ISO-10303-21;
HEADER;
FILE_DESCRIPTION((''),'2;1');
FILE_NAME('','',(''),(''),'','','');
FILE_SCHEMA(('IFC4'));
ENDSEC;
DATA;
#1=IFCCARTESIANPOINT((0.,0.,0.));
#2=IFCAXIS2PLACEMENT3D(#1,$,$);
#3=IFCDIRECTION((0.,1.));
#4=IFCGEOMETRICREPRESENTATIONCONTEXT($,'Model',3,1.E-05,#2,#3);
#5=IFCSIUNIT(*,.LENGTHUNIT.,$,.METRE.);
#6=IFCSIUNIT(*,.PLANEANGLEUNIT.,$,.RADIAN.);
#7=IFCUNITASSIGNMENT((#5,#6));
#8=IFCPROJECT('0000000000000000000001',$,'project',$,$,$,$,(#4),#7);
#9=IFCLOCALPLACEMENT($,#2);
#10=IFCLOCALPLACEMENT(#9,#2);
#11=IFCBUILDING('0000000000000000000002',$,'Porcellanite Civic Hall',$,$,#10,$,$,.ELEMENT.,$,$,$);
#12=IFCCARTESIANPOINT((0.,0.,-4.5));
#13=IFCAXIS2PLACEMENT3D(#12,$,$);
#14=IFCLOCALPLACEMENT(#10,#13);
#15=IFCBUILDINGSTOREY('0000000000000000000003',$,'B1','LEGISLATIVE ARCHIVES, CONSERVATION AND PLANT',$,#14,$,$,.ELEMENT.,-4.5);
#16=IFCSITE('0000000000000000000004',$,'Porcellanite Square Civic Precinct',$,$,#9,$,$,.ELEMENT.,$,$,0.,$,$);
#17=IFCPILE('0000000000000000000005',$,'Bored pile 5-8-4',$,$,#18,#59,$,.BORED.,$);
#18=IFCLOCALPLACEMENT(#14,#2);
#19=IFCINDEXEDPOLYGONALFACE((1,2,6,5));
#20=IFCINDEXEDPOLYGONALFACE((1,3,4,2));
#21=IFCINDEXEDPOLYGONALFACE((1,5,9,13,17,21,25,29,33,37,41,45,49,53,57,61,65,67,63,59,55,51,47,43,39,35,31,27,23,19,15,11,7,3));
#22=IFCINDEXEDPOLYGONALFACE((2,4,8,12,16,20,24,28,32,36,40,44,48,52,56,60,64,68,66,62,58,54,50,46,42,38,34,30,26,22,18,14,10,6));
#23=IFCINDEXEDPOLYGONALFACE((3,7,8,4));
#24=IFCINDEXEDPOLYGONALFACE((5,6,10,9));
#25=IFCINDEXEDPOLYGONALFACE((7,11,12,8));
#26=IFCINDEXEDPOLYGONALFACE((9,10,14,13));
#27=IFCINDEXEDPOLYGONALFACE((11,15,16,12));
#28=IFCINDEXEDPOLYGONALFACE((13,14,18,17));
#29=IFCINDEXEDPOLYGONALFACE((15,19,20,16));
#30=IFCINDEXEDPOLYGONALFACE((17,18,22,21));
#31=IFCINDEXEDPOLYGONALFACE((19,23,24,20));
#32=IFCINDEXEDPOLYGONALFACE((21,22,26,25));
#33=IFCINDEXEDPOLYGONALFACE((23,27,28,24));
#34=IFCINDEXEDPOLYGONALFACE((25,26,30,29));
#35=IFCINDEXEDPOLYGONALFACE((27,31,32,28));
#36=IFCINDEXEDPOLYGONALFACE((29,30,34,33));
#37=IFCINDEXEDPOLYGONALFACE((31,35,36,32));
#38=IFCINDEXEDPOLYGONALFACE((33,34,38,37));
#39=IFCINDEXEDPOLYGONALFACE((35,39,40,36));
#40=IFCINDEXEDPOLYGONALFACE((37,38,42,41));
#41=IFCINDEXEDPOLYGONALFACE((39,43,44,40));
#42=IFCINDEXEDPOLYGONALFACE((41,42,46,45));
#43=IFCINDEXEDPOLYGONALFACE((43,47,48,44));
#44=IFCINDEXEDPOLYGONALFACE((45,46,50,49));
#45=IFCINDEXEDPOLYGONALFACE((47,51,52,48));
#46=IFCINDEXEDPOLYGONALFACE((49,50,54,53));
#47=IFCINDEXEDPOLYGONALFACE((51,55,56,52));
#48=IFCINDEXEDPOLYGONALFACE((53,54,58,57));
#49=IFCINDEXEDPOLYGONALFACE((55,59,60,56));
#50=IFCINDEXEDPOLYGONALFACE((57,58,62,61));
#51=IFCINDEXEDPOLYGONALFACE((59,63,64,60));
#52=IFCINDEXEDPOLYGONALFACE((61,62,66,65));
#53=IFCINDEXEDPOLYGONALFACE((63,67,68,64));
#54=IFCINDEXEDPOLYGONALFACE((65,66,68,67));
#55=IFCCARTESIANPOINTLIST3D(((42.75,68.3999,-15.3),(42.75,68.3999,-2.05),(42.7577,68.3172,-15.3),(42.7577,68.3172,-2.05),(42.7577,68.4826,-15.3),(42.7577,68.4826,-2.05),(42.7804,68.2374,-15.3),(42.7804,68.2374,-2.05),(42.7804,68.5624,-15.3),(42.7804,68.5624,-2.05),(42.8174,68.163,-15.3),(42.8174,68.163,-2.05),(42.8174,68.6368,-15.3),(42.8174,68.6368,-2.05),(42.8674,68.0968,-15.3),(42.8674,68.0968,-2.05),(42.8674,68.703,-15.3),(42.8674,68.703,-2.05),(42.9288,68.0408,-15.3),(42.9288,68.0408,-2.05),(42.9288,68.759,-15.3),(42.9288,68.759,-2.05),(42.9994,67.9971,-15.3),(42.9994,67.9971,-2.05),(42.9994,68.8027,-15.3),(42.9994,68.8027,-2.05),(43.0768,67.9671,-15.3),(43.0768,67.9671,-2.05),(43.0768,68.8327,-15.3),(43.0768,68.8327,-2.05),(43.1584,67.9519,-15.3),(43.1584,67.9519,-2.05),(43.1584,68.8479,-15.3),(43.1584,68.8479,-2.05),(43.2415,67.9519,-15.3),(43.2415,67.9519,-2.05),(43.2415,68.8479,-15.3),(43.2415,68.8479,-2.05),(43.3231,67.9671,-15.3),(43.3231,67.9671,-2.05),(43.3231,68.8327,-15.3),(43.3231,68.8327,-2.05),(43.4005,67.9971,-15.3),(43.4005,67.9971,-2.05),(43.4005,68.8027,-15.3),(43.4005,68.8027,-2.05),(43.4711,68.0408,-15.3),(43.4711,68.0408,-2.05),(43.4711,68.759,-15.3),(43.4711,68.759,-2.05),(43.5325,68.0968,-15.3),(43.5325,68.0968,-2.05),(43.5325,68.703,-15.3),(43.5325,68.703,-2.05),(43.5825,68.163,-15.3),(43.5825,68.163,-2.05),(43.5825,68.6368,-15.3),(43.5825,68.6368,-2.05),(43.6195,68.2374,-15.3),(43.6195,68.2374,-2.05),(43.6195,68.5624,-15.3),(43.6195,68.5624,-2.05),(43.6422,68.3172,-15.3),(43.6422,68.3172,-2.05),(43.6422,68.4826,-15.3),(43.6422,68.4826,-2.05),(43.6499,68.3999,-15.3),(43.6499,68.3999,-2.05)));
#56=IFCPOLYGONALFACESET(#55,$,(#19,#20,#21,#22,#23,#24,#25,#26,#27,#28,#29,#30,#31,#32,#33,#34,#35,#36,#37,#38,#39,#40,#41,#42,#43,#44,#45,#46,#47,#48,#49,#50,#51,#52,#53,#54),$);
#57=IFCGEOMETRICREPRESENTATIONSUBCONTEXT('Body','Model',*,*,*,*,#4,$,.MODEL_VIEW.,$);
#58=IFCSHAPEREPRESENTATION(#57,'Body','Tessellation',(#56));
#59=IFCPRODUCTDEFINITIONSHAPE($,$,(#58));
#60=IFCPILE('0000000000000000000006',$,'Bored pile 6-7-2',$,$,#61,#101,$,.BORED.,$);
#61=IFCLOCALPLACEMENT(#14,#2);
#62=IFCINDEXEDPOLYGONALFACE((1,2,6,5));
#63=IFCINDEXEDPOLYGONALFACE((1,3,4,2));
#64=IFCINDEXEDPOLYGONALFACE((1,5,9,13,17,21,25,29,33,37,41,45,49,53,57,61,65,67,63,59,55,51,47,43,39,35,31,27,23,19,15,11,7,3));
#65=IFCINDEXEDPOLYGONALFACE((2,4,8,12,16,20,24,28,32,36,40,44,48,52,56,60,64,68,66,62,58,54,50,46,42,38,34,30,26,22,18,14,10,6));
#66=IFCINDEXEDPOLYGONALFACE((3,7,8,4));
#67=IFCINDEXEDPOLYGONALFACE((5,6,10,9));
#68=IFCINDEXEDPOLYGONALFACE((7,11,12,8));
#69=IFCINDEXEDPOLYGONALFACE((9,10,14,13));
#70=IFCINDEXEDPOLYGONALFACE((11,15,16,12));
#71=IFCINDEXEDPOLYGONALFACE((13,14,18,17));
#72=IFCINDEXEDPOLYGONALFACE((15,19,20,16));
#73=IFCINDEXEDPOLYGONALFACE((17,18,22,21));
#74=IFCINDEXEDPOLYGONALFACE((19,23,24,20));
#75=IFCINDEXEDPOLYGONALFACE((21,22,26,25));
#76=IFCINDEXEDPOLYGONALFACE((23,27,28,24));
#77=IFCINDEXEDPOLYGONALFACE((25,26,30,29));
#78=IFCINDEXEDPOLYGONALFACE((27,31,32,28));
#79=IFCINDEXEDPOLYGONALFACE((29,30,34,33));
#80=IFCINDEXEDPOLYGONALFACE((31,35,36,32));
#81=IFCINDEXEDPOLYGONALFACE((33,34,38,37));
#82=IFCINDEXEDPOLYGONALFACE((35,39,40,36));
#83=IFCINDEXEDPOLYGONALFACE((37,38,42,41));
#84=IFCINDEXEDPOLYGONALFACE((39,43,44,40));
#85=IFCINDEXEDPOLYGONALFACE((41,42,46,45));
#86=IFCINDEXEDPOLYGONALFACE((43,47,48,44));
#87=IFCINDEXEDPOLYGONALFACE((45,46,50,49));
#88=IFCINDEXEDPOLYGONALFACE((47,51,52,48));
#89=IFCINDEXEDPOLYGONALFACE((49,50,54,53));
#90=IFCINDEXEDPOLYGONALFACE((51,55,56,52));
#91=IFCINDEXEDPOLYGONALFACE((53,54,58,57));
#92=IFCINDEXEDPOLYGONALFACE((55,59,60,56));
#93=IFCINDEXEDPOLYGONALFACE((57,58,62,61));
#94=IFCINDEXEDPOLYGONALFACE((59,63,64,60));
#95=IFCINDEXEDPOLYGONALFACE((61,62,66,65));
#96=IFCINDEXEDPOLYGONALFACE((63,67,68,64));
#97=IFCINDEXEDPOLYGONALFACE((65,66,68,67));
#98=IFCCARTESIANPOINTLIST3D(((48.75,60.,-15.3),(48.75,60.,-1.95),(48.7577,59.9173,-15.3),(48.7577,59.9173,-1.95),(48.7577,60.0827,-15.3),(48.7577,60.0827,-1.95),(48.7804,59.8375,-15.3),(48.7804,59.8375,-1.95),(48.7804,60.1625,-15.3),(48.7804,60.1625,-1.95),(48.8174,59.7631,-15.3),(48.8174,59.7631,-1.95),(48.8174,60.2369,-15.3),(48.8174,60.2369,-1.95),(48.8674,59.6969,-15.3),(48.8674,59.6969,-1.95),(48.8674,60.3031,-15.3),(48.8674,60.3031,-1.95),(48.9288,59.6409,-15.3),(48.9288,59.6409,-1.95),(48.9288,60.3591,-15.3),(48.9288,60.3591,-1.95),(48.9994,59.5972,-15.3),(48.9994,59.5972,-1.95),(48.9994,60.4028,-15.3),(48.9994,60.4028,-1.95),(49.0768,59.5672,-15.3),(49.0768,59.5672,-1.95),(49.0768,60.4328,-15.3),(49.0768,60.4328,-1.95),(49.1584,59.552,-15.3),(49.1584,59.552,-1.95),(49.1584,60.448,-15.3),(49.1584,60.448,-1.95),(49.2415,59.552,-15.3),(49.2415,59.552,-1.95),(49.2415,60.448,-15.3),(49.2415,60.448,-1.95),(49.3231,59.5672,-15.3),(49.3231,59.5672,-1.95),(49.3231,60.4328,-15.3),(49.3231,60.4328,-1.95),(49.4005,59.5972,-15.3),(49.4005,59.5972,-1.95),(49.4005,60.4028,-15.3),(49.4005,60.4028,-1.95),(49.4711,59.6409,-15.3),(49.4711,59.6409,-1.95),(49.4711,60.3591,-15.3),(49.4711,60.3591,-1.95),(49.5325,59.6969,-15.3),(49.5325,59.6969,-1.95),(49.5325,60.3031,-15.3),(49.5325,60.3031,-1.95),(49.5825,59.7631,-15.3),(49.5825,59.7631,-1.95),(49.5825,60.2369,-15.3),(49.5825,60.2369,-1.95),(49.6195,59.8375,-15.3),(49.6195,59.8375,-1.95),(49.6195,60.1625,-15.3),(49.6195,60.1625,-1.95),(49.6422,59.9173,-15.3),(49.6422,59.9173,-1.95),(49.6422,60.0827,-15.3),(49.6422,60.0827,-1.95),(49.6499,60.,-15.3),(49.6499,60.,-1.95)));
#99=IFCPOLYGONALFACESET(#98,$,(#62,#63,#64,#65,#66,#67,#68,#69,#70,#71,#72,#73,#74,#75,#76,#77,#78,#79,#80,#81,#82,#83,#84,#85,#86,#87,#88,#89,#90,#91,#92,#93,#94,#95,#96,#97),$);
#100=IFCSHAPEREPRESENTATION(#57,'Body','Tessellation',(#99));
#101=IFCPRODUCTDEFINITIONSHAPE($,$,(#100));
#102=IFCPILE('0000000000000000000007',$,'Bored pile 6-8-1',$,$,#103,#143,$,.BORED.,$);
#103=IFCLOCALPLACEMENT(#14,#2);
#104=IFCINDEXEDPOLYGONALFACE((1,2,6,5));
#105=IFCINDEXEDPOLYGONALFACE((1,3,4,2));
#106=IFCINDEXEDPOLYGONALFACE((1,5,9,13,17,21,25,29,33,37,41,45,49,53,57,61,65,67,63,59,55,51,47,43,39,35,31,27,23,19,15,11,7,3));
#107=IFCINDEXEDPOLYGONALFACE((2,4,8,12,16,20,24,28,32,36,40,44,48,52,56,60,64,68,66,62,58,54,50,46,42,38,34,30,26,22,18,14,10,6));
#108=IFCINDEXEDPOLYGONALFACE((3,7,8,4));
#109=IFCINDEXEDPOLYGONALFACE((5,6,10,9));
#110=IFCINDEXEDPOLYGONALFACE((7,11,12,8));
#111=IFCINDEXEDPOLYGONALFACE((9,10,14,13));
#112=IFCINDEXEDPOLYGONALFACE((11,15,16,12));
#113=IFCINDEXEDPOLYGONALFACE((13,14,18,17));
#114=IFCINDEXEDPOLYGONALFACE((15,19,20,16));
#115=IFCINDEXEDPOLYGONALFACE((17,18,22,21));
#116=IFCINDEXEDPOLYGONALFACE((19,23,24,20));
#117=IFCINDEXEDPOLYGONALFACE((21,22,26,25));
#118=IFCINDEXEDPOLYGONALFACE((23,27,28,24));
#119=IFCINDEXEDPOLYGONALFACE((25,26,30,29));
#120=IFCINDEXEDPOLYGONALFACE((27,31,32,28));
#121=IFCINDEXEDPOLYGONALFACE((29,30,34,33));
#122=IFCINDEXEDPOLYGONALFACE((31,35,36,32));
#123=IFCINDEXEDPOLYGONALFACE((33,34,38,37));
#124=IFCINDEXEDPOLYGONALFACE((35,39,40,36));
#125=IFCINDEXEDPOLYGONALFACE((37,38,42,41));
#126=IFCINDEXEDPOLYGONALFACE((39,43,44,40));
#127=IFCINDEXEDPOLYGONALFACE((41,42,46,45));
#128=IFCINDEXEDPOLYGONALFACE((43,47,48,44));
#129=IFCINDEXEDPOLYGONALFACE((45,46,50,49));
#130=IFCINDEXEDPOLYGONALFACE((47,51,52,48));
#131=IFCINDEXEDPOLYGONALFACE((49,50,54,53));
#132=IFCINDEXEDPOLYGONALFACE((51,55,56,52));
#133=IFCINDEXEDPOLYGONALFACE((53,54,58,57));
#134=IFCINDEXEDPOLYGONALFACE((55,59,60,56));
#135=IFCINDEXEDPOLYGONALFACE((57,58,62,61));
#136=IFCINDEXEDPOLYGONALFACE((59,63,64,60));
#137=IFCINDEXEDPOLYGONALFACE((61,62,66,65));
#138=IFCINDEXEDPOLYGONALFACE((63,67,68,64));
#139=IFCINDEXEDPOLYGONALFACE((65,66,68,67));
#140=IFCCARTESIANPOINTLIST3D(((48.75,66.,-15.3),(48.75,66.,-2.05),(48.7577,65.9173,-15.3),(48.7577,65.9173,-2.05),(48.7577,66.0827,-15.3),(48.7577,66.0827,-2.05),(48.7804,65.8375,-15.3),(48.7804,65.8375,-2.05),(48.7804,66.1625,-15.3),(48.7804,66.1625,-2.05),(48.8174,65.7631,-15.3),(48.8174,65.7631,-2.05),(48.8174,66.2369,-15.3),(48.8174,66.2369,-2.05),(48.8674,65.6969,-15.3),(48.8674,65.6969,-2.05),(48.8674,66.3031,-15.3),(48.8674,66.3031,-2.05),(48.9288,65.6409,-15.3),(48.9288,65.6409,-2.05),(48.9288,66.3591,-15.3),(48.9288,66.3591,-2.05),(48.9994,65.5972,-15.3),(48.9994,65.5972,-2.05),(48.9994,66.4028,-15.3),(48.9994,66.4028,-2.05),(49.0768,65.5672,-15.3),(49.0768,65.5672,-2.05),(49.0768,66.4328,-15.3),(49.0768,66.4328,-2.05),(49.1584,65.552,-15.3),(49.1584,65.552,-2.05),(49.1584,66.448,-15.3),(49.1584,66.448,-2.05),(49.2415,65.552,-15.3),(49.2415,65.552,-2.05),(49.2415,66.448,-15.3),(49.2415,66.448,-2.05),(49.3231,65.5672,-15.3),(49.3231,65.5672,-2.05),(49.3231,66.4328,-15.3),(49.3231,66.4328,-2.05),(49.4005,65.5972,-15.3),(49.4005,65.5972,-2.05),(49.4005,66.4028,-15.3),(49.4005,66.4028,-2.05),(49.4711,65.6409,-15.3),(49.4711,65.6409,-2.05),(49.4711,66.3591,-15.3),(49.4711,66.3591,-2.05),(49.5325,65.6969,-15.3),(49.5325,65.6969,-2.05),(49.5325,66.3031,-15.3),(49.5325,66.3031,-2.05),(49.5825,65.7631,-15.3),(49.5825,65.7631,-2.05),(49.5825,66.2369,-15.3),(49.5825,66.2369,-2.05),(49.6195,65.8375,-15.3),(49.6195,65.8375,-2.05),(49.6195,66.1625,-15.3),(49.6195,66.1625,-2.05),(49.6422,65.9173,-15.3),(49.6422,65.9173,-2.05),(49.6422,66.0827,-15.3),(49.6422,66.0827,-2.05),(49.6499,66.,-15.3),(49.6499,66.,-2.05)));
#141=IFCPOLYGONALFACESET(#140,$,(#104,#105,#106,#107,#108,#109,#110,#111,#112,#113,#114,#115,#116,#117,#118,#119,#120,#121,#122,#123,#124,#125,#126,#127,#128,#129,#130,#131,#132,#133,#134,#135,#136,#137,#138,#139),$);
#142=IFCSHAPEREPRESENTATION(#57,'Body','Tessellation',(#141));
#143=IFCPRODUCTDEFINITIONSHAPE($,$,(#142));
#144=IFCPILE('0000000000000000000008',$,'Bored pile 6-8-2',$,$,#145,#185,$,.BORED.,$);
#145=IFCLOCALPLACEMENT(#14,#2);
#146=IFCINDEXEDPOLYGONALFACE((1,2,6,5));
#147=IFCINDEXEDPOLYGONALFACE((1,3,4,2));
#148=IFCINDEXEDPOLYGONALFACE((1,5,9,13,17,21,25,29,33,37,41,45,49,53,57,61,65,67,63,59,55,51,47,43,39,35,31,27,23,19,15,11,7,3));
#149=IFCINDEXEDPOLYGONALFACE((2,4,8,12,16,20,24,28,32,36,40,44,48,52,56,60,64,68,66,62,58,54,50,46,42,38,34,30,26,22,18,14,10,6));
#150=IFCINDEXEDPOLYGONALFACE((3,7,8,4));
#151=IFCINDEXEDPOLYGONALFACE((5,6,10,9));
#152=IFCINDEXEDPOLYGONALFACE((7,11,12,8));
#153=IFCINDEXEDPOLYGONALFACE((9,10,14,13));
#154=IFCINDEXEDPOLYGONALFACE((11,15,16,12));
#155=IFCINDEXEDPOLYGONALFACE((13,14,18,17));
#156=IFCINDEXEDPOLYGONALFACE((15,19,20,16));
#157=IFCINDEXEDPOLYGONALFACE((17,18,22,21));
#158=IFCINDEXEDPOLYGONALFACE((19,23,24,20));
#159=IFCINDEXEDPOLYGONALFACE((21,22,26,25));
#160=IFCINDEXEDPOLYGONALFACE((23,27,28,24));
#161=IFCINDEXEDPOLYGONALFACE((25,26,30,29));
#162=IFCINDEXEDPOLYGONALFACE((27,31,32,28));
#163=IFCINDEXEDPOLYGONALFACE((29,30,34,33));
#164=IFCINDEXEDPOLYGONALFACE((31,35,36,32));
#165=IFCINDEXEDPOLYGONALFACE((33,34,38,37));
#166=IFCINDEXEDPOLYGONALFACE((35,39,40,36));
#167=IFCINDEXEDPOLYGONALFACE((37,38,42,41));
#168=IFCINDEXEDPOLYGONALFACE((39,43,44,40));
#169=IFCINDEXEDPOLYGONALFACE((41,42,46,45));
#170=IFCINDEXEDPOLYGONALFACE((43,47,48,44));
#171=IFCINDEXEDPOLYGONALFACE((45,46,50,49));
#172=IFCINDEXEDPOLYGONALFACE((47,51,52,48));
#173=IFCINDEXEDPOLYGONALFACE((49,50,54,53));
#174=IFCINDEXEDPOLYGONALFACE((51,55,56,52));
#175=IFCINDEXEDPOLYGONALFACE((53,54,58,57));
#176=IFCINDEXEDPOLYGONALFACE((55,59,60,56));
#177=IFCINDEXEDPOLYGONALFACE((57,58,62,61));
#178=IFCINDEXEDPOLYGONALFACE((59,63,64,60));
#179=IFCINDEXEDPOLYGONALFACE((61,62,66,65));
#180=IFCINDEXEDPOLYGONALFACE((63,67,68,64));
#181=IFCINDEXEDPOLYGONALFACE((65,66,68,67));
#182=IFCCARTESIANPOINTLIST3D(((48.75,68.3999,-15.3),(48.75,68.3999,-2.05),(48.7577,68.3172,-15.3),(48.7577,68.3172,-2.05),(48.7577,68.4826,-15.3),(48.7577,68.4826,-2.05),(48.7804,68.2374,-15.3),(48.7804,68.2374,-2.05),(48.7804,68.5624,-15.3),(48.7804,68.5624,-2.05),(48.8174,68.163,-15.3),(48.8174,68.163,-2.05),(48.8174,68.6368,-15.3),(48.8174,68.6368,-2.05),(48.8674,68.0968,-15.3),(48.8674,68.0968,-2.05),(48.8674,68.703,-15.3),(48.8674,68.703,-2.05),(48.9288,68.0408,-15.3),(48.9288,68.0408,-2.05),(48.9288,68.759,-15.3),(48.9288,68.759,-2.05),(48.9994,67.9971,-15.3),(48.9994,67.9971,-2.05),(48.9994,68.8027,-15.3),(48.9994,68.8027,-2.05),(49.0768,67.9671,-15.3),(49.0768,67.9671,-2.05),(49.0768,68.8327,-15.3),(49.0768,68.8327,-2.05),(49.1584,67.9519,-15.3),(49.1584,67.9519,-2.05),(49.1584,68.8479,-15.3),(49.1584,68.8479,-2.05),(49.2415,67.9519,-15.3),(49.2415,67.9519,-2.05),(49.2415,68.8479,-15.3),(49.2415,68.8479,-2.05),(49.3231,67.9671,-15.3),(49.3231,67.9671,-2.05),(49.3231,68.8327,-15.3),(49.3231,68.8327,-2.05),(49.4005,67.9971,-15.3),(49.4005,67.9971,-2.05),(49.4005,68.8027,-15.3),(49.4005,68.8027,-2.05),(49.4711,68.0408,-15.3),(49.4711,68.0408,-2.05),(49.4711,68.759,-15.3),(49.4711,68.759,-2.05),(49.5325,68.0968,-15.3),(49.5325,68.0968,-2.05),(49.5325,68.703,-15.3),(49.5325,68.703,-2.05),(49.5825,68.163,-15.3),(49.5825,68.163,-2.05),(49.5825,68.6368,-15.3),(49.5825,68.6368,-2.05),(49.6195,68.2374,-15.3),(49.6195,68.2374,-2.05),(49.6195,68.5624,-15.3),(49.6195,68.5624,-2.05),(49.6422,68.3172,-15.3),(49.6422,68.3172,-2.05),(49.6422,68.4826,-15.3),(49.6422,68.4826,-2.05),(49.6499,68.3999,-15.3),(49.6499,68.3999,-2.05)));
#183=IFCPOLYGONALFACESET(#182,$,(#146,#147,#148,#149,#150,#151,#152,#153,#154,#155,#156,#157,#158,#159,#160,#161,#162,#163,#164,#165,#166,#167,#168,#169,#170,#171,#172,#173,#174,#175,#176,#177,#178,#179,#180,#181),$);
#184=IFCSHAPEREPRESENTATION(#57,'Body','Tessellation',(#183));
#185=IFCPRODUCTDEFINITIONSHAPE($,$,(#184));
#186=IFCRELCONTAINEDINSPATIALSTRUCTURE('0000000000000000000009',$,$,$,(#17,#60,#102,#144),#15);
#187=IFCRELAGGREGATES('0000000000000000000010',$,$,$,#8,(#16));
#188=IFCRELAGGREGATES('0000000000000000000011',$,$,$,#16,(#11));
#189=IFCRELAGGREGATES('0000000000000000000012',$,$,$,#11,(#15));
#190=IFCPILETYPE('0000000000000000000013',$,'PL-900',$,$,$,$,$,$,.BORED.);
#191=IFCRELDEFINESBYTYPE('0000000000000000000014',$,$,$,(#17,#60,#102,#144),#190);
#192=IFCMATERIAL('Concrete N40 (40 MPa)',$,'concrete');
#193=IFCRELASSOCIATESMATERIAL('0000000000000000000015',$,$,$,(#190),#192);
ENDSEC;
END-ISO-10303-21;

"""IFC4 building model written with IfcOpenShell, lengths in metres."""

from ifc_helpers import new_model, si_unit, direction, frame, origin, origin_2d, place, context, subcontext, project, spatial, circle, extrude, material, material_profile, profile_set, type_object, element, save


model = new_model("IFC4")

# Units and contexts
model_context = context("Model", 3, precision=1e-05, world=origin(), true_north=direction((0.0, 1.0)))
body_context = subcontext(model_context, "Body", "Model", "MODEL_VIEW")
ifc_project = project(units=[si_unit("LENGTHUNIT", "METRE"), si_unit("PLANEANGLEUNIT", "RADIAN")], contexts=[model_context])

# Site, building, storey
site_placement = place(None, origin())
site = spatial("IfcSite", under=ifc_project, at=site_placement, Name="Porcellanite Square Civic Precinct", CompositionType="ELEMENT", RefElevation=0.0)
building_placement = place(site_placement, origin())
building = spatial("IfcBuilding", under=site, at=building_placement, Name="Porcellanite Civic Hall", CompositionType="ELEMENT")
storey_placement = place(building_placement, frame((0.0, 0.0, -4.5)))
storey = spatial("IfcBuildingStorey", under=building, at=storey_placement, Name="B1", Description="LEGISLATIVE ARCHIVES, CONSERVATION AND PLANT", CompositionType="ELEMENT", Elevation=-4.5)

# Piles
ifc_material_1 = material(Name="Concrete N40 (40 MPa)", Category="concrete")
ifc_material_profile_1 = material_profile(ifc_material_1, circle(Radius=0.45, at=origin_2d()), Name="PILE-D900")
ifc_profile_set_1 = profile_set([ifc_material_profile_1], Name="Concrete N40 (40 MPa)")
pile_type = type_object("IfcPileType", Name="PL-900", PredefinedType="BORED", material=ifc_profile_set_1)
for number, where, z_axis, x_axis, name in (
    (1, (43.2, 68.3999, -2.05), (0.0, 0.0, -1.0), (1.0, 0.0, 0.0), "Bored pile 5-8-4"),
):
    element("IfcPile", number, at=place(storey_placement, frame(where, z_axis=z_axis, x_axis=x_axis)), inside=storey, type_object=pile_type, Name=name, PredefinedType="BORED", context=body_context, shape_type="SweptSolid", body=[
        extrude(circle(Radius=0.45, at=origin_2d()), origin(), (0.0, 0.0, 1.0), 13.25),
    ])
pile_1_placement = place(storey_placement, frame((49.2, 60.0, -1.95), z_axis=(0.0, 0.0, -1.0), x_axis=(1.0, 0.0, 0.0)))
element("IfcPile", 2, at=pile_1_placement, inside=storey, type_object=pile_type, Name="Bored pile 6-7-2", PredefinedType="BORED", context=body_context, shape_type="SweptSolid", body=[
    extrude(circle(Radius=0.45, at=origin_2d()), origin(), (0.0, 0.0, 1.0), 13.3501),
])
for number, where, z_axis, x_axis, name in (
    (3, (49.2, 66.0, -2.05), (0.0, 0.0, -1.0), (1.0, 0.0, 0.0), "Bored pile 6-8-1"),
    (4, (49.2, 68.3999, -2.05), (0.0, 0.0, -1.0), (1.0, 0.0, 0.0), "Bored pile 6-8-2"),
):
    element("IfcPile", number, at=place(storey_placement, frame(where, z_axis=z_axis, x_axis=x_axis)), inside=storey, type_object=pile_type, Name=name, PredefinedType="BORED", context=body_context, shape_type="SweptSolid", body=[
        extrude(circle(Radius=0.45, at=origin_2d()), origin(), (0.0, 0.0, 1.0), 13.25),
    ])

save(model, "model.ifc")
